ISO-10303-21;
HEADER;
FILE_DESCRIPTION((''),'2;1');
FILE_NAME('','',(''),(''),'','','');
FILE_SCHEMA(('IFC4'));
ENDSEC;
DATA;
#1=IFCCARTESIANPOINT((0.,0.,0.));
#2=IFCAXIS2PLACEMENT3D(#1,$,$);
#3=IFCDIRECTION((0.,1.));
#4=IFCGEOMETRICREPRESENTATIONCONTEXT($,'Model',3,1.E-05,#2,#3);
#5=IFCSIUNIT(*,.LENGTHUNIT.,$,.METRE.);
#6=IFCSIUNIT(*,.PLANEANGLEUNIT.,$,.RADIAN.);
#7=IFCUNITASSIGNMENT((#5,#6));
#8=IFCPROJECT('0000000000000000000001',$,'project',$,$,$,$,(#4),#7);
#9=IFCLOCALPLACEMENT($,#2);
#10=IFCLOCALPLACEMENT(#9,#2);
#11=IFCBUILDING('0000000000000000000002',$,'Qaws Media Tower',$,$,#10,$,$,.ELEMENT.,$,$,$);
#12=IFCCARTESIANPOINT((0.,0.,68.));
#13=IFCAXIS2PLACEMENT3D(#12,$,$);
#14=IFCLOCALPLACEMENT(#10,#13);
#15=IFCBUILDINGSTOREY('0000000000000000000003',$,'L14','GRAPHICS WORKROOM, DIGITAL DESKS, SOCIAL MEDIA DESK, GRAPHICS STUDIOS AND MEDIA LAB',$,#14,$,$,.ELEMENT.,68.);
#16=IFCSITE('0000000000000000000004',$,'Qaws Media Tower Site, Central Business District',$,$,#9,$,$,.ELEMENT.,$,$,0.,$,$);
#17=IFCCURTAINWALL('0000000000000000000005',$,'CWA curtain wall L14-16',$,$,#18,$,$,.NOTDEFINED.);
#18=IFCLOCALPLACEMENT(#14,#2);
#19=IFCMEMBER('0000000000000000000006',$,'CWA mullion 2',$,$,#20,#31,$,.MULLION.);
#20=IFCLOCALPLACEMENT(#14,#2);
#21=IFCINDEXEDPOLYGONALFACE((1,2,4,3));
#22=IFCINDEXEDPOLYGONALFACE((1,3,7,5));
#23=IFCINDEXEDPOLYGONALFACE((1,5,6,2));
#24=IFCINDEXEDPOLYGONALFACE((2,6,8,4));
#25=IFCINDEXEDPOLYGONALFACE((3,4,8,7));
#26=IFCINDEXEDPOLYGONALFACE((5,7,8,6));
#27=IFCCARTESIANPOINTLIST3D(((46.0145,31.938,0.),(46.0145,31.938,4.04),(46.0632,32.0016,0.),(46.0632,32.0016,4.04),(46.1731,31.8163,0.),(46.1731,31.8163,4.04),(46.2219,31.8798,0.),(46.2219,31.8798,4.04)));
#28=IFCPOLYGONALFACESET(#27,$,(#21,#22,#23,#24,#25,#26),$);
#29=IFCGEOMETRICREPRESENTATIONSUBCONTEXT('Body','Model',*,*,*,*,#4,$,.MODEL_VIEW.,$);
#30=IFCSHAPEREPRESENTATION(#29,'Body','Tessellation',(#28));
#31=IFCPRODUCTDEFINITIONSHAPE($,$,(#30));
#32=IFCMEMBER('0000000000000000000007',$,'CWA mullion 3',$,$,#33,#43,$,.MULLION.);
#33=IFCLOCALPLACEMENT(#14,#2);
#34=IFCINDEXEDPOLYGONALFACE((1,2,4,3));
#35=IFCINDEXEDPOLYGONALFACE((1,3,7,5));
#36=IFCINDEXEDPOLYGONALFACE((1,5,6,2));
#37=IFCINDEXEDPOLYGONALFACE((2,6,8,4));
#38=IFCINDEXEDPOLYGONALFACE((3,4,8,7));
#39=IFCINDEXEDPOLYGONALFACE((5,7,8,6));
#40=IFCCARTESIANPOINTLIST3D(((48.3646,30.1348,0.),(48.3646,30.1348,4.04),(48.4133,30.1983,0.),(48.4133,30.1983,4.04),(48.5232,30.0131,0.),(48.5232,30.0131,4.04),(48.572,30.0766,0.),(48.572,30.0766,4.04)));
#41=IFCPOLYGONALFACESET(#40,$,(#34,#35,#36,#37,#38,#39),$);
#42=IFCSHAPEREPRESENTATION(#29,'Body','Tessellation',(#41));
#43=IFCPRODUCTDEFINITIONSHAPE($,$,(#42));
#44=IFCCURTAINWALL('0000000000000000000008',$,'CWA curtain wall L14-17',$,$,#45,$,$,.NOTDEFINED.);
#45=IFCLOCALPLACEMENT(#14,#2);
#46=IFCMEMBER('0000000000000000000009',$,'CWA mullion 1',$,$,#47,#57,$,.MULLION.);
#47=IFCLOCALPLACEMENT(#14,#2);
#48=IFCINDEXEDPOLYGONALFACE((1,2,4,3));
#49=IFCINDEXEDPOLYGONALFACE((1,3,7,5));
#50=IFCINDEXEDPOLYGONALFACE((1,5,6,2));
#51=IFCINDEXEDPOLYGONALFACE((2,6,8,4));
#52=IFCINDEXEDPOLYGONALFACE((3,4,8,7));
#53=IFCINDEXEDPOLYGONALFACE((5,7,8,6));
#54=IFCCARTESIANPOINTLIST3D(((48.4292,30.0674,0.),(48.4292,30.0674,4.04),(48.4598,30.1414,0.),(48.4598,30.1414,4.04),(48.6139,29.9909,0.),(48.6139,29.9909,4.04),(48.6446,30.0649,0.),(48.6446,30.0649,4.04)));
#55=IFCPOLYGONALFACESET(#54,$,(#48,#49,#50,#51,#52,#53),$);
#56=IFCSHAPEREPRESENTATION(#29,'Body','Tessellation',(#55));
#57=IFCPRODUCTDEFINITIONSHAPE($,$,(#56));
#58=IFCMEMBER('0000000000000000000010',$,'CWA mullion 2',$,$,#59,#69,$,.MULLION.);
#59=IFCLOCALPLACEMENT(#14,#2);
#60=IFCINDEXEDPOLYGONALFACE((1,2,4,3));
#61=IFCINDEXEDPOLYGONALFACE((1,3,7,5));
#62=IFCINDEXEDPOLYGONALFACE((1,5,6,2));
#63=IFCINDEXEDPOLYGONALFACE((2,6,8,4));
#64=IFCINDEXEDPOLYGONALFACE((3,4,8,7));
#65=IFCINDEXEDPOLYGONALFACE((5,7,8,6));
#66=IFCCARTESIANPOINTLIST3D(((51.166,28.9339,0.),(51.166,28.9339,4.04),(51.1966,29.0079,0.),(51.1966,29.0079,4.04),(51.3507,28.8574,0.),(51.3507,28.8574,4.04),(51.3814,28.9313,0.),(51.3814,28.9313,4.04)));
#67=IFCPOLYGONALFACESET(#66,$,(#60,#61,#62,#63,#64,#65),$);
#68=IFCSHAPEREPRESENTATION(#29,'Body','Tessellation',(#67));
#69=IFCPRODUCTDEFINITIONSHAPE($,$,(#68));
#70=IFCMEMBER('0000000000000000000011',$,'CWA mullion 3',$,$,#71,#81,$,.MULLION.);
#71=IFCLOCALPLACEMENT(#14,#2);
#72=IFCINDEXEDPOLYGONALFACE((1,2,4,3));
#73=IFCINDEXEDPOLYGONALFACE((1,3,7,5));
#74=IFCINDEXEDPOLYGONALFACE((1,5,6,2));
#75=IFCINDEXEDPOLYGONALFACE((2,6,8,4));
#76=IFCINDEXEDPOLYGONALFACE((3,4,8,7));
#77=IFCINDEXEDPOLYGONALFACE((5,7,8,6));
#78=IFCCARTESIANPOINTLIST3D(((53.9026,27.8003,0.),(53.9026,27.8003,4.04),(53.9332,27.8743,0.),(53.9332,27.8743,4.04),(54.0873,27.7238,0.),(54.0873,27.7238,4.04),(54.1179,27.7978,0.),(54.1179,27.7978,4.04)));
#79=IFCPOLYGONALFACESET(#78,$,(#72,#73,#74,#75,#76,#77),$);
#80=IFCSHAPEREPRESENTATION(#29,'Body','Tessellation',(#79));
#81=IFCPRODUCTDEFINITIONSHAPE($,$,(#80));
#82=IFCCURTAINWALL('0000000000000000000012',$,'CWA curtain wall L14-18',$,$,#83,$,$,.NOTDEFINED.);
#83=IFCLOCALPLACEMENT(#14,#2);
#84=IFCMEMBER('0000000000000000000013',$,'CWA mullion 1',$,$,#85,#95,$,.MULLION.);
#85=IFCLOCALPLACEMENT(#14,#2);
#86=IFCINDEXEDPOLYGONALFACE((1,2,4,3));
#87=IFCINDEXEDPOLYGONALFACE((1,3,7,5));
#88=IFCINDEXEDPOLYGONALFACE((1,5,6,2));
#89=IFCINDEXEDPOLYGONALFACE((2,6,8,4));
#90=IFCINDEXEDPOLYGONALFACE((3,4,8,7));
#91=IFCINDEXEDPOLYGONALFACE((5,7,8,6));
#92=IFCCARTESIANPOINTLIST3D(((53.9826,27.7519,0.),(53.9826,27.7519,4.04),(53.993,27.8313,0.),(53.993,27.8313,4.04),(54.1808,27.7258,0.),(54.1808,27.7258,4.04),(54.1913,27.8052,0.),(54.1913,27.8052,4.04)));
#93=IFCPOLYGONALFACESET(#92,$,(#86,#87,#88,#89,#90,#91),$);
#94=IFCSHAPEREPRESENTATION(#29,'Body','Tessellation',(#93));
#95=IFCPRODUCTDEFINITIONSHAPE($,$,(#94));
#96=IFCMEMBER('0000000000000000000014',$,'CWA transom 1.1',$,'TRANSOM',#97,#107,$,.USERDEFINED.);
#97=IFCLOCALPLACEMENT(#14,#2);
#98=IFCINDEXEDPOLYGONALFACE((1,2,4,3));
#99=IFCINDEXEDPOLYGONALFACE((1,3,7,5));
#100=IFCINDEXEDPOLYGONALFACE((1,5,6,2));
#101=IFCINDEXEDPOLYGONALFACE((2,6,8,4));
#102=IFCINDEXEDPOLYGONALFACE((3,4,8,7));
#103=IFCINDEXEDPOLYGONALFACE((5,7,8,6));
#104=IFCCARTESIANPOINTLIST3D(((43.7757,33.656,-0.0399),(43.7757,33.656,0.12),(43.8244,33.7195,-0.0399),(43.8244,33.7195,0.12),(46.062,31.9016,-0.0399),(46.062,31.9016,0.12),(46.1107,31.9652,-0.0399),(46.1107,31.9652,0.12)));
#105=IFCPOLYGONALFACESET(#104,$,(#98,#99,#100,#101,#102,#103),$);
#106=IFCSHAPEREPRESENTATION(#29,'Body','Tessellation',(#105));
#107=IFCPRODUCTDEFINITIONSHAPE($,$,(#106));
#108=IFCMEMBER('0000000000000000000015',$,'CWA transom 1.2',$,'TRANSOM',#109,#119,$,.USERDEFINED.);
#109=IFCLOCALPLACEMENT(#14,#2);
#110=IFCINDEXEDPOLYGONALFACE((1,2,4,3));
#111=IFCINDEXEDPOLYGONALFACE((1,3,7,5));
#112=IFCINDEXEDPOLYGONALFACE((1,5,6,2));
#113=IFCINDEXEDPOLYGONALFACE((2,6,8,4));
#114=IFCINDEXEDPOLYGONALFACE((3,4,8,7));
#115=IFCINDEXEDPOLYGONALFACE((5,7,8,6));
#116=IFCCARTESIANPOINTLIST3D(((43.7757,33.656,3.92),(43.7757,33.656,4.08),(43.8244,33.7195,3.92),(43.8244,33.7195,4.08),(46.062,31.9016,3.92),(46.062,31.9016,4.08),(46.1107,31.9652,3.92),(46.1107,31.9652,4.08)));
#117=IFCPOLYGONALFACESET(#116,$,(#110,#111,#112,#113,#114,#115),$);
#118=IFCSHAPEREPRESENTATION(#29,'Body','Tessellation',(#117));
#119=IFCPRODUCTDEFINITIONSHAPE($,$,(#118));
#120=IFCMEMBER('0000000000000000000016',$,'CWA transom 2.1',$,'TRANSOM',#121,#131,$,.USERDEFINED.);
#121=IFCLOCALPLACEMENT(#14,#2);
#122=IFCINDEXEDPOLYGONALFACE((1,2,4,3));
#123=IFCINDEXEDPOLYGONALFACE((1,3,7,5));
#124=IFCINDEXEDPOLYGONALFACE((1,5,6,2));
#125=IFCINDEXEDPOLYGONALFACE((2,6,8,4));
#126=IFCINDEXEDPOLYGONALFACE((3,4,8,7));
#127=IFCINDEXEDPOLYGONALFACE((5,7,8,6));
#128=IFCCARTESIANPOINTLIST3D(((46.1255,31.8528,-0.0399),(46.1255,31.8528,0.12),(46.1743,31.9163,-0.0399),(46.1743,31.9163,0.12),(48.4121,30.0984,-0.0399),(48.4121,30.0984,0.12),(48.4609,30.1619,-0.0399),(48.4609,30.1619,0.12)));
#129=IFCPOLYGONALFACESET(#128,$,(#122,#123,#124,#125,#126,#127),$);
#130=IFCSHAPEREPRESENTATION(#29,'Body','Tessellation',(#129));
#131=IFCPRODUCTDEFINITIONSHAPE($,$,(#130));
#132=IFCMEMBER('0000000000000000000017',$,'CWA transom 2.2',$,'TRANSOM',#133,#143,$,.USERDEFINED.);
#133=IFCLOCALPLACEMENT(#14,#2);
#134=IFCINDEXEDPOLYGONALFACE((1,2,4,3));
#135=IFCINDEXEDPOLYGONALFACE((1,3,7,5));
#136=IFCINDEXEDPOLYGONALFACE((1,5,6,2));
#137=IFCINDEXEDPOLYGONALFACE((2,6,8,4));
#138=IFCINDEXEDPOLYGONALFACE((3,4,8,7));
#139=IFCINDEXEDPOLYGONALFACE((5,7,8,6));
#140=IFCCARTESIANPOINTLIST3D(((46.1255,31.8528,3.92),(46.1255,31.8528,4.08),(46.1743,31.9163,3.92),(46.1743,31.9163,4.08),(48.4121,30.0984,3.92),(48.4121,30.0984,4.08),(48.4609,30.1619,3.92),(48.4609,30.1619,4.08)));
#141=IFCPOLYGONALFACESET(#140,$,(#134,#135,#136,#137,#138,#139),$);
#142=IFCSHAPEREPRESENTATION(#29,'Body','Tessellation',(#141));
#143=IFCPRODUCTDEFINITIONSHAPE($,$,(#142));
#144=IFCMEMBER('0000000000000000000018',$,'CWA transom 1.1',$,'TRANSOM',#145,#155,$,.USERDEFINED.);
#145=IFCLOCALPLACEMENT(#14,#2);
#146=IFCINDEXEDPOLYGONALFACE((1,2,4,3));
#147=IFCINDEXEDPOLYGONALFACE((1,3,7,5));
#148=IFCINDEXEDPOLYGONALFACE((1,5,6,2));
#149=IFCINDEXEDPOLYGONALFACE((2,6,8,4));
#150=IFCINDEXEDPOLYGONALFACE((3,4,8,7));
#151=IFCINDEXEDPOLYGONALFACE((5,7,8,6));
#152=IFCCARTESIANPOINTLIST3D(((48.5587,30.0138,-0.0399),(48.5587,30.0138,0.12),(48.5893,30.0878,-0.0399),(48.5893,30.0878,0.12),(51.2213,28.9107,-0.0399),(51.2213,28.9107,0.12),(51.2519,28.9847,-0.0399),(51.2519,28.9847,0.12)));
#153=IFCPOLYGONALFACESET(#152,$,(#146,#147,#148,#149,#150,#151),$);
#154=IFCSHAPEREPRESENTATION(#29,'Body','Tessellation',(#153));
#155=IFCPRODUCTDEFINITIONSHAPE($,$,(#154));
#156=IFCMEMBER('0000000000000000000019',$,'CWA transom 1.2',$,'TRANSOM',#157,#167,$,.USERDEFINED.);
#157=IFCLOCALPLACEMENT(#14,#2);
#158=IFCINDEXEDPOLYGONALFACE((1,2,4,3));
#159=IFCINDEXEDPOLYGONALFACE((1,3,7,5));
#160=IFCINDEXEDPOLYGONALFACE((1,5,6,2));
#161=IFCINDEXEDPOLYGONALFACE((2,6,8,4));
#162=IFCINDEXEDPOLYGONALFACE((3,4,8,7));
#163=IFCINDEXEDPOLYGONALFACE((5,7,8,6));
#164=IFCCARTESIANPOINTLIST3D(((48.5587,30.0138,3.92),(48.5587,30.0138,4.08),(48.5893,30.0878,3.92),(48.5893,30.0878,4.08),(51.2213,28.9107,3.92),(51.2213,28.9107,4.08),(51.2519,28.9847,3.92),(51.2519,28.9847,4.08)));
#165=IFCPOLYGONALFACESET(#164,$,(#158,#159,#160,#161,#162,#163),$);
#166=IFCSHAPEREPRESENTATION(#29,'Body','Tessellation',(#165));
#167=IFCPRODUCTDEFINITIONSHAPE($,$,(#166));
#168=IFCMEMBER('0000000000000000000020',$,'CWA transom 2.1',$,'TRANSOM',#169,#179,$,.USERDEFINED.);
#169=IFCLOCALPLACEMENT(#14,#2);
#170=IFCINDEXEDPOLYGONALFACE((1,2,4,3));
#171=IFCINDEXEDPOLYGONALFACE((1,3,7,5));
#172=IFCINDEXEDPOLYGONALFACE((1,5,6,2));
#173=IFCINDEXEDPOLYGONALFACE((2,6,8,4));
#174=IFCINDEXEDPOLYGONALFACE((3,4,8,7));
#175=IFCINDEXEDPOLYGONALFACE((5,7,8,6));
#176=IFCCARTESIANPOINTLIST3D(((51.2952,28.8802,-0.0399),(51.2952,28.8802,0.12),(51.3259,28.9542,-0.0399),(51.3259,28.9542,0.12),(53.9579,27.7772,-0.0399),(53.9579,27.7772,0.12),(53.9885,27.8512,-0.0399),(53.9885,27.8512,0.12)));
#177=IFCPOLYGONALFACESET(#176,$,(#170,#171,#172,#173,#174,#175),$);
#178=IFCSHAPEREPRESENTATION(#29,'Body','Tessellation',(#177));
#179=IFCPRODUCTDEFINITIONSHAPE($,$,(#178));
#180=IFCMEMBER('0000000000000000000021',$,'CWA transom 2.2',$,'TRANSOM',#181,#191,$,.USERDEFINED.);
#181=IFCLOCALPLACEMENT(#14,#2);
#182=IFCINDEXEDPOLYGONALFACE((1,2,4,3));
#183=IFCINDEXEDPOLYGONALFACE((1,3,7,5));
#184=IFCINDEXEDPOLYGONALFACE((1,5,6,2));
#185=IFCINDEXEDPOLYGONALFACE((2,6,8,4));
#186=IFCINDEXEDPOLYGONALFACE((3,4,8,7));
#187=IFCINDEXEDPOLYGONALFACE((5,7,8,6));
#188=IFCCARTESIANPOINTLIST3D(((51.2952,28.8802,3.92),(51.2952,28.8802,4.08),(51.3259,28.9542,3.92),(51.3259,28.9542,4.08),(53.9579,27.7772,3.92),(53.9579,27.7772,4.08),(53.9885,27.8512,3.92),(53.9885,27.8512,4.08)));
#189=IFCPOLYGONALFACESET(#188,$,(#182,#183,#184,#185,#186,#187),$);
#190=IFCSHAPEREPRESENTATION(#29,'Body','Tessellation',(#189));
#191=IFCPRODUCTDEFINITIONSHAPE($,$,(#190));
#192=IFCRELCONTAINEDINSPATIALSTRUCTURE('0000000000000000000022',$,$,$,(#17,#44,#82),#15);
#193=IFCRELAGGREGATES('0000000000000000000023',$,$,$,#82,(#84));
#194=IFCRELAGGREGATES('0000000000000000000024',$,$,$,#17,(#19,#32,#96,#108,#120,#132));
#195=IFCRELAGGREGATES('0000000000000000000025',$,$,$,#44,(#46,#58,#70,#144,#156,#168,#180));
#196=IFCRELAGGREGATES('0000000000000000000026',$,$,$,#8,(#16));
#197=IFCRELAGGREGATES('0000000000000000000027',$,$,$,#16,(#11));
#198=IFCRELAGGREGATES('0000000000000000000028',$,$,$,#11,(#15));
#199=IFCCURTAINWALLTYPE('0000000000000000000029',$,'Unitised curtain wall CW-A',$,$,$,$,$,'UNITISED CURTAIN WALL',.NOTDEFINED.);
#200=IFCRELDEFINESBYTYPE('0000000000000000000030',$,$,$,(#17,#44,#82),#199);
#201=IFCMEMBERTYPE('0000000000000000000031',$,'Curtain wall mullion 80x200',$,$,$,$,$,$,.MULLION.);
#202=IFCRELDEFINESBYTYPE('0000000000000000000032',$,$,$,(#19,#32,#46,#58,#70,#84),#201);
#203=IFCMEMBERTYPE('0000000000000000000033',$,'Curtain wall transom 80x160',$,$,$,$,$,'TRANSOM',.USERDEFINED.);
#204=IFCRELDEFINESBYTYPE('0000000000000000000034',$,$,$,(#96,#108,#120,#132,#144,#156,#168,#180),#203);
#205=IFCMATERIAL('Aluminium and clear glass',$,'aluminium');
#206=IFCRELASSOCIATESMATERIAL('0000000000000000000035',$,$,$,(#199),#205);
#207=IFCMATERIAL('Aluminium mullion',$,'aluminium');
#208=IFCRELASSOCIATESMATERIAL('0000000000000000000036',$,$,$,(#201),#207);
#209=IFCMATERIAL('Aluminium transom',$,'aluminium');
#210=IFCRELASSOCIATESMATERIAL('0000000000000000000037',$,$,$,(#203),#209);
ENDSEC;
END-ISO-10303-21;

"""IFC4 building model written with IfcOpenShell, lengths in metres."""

from ifc_helpers import new_model, si_unit, direction, frame, origin, origin_2d, place, context, subcontext, project, spatial, rectangle, extrude, material, material_profile, profile_set, type_object, element, aggregate, save


model = new_model("IFC4")

# Units and contexts
model_context = context("Model", 3, precision=1e-05, world=origin(), true_north=direction((0.0, 1.0)))
body_context = subcontext(model_context, "Body", "Model", "MODEL_VIEW")
ifc_project = project(units=[si_unit("LENGTHUNIT", "METRE"), si_unit("PLANEANGLEUNIT", "RADIAN")], contexts=[model_context])

# Site, building, storey
site_placement = place(None, origin())
site = spatial("IfcSite", under=ifc_project, at=site_placement, Name="Qaws Media Tower Site, Central Business District", CompositionType="ELEMENT", RefElevation=0.0)
building_placement = place(site_placement, origin())
building = spatial("IfcBuilding", under=site, at=building_placement, Name="Qaws Media Tower", CompositionType="ELEMENT")
storey_placement = place(building_placement, frame((0.0, 0.0, 68.0)))
storey = spatial("IfcBuildingStorey", under=building, at=storey_placement, Name="L14", Description="GRAPHICS WORKROOM, DIGITAL DESKS, SOCIAL MEDIA DESK, GRAPHICS STUDIOS AND MEDIA LAB", CompositionType="ELEMENT", Elevation=68.0)

# Curtain walls, members
ifc_material_1 = material(Name="Aluminium and clear glass", Category="aluminium")
curtain_wall_type = type_object("IfcCurtainWallType", Name="Unitised curtain wall CW-A", ElementType="UNITISED CURTAIN WALL", PredefinedType="NOTDEFINED", material=ifc_material_1)
curtain_wall_1_placement = place(storey_placement, origin())
curtain_wall_1 = element("IfcCurtainWall", 1, at=curtain_wall_1_placement, inside=storey, type_object=curtain_wall_type, Name="CWA curtain wall L14-16", PredefinedType="NOTDEFINED")
ifc_material_2 = material(Name="Aluminium mullion", Category="aluminium")
ifc_material_profile_1 = material_profile(ifc_material_2, rectangle(XDim=0.0801, YDim=0.2, at=origin_2d()), Name="80x200")
ifc_profile_set_1 = profile_set([ifc_material_profile_1], Name="Aluminium mullion")
member_type_1 = type_object("IfcMemberType", Name="Curtain wall mullion 80x200", PredefinedType="MULLION", material=ifc_profile_set_1)
member_1_placement = place(storey_placement, frame((46.1182, 31.9089, 0.0), z_axis=(0.0, 0.0, 1.0), x_axis=(0.608761, 0.793353, 0.0)))
member_1 = element("IfcMember", 2, at=member_1_placement, type_object=member_type_1, Name="CWA mullion 2", PredefinedType="MULLION", context=body_context, shape_type="SweptSolid", body=[
    extrude(rectangle(XDim=0.0801, YDim=0.2, at=origin_2d()), origin(), (0.0, 0.0, 1.0), 4.04),
])
member_2_placement = place(storey_placement, frame((48.4683, 30.1057, 0.0), z_axis=(0.0, 0.0, 1.0), x_axis=(0.608761, 0.793353, 0.0)))
member_2 = element("IfcMember", 3, at=member_2_placement, type_object=member_type_1, Name="CWA mullion 3", PredefinedType="MULLION", context=body_context, shape_type="SweptSolid", body=[
    extrude(rectangle(XDim=0.0801, YDim=0.2, at=origin_2d()), origin(), (0.0, 0.0, 1.0), 4.04),
])
curtain_wall_2_placement = place(storey_placement, origin())
curtain_wall_2 = element("IfcCurtainWall", 4, at=curtain_wall_2_placement, inside=storey, type_object=curtain_wall_type, Name="CWA curtain wall L14-17", PredefinedType="NOTDEFINED")
member_3_placement = place(storey_placement, frame((48.5369, 30.0662, 0.0), z_axis=(0.0, 0.0, 1.0), x_axis=(0.382683, 0.92388, 0.0)))
member_3 = element("IfcMember", 5, at=member_3_placement, type_object=member_type_1, Name="CWA mullion 1", PredefinedType="MULLION", context=body_context, shape_type="SweptSolid", body=[
    extrude(rectangle(XDim=0.0801, YDim=0.2, at=origin_2d()), origin(), (0.0, 0.0, 1.0), 4.04),
])
member_4_placement = place(storey_placement, frame((51.2737, 28.9326, 0.0), z_axis=(0.0, 0.0, 1.0), x_axis=(0.382683, 0.92388, 0.0)))
member_4 = element("IfcMember", 6, at=member_4_placement, type_object=member_type_1, Name="CWA mullion 2", PredefinedType="MULLION", context=body_context, shape_type="SweptSolid", body=[
    extrude(rectangle(XDim=0.0801, YDim=0.2, at=origin_2d()), origin(), (0.0, 0.0, 1.0), 4.04),
])
member_5_placement = place(storey_placement, frame((54.0103, 27.7991, 0.0), z_axis=(0.0, 0.0, 1.0), x_axis=(0.382683, 0.92388, 0.0)))
member_5 = element("IfcMember", 7, at=member_5_placement, type_object=member_type_1, Name="CWA mullion 3", PredefinedType="MULLION", context=body_context, shape_type="SweptSolid", body=[
    extrude(rectangle(XDim=0.0801, YDim=0.2, at=origin_2d()), origin(), (0.0, 0.0, 1.0), 4.04),
])

# Curtain wall, member
curtain_wall_3_placement = place(storey_placement, origin())
curtain_wall_3 = element("IfcCurtainWall", 8, at=curtain_wall_3_placement, inside=storey, type_object=curtain_wall_type, Name="CWA curtain wall L14-18", PredefinedType="NOTDEFINED")
member_6_placement = place(storey_placement, frame((54.0869, 27.7786, 0.0), z_axis=(0.0, 0.0, 1.0), x_axis=(0.130526, 0.991445, 0.0)))
member_6 = element("IfcMember", 9, at=member_6_placement, type_object=member_type_1, Name="CWA mullion 1", PredefinedType="MULLION", context=body_context, shape_type="SweptSolid", body=[
    extrude(rectangle(XDim=0.0801, YDim=0.2, at=origin_2d()), origin(), (0.0, 0.0, 1.0), 4.04),
])

# Members
ifc_material_3 = material(Name="Aluminium transom", Category="aluminium")
ifc_material_profile_2 = material_profile(ifc_material_3, rectangle(XDim=0.0801, YDim=0.1599, at=origin_2d()), Name="80x160")
ifc_profile_set_2 = profile_set([ifc_material_profile_2], Name="Aluminium transom")
member_type_2 = type_object("IfcMemberType", Name="Curtain wall transom 80x160", ElementType="TRANSOM", PredefinedType="USERDEFINED", material=ifc_profile_set_2)
member_7_placement = place(storey_placement, frame((43.8, 33.6877, 0.04), z_axis=(0.793354, -0.608761, 0.0), x_axis=(0.608761, 0.793354, 0.0)))
member_7 = element("IfcMember", 10, at=member_7_placement, type_object=member_type_2, Name="CWA transom 1.1", ObjectType="TRANSOM", PredefinedType="USERDEFINED", context=body_context, shape_type="SweptSolid", body=[
    extrude(rectangle(XDim=0.0801, YDim=0.1599, at=origin_2d()), origin(), (0.0, 0.0, 1.0), 2.8818),
])
member_8_placement = place(storey_placement, frame((43.8, 33.6877, 4.0), z_axis=(0.793354, -0.608761, 0.0), x_axis=(0.608761, 0.793354, 0.0)))
member_8 = element("IfcMember", 11, at=member_8_placement, type_object=member_type_2, Name="CWA transom 1.2", ObjectType="TRANSOM", PredefinedType="USERDEFINED", context=body_context, shape_type="SweptSolid", body=[
    extrude(rectangle(XDim=0.0801, YDim=0.1599, at=origin_2d()), origin(), (0.0, 0.0, 1.0), 2.8818),
])
member_9_placement = place(storey_placement, frame((46.1499, 31.8845, 0.04), z_axis=(0.793385, -0.60872, 0.0), x_axis=(0.60872, 0.793385, 0.0)))
member_9 = element("IfcMember", 12, at=member_9_placement, type_object=member_type_2, Name="CWA transom 2.1", ObjectType="TRANSOM", PredefinedType="USERDEFINED", context=body_context, shape_type="SweptSolid", body=[
    extrude(rectangle(XDim=0.0801, YDim=0.1599, at=origin_2d()), origin(), (0.0, 0.0, 1.0), 2.8821),
])
member_10_placement = place(storey_placement, frame((46.1499, 31.8845, 4.0), z_axis=(0.793385, -0.60872, 0.0), x_axis=(0.60872, 0.793385, 0.0)))
member_10 = element("IfcMember", 13, at=member_10_placement, type_object=member_type_2, Name="CWA transom 2.2", ObjectType="TRANSOM", PredefinedType="USERDEFINED", context=body_context, shape_type="SweptSolid", body=[
    extrude(rectangle(XDim=0.0801, YDim=0.1599, at=origin_2d()), origin(), (0.0, 0.0, 1.0), 2.8821),
])
member_11_placement = place(storey_placement, frame((48.574, 30.0508, 0.04), z_axis=(0.923862, -0.382726, 0.0), x_axis=(0.382726, 0.923862, 0.0)))
member_11 = element("IfcMember", 14, at=member_11_placement, type_object=member_type_2, Name="CWA transom 1.1", ObjectType="TRANSOM", PredefinedType="USERDEFINED", context=body_context, shape_type="SweptSolid", body=[
    extrude(rectangle(XDim=0.0801, YDim=0.1599, at=origin_2d()), origin(), (0.0, 0.0, 1.0), 2.8821),
])
member_12_placement = place(storey_placement, frame((48.574, 30.0508, 4.0), z_axis=(0.923862, -0.382726, 0.0), x_axis=(0.382726, 0.923862, 0.0)))
member_12 = element("IfcMember", 15, at=member_12_placement, type_object=member_type_2, Name="CWA transom 1.2", ObjectType="TRANSOM", PredefinedType="USERDEFINED", context=body_context, shape_type="SweptSolid", body=[
    extrude(rectangle(XDim=0.0801, YDim=0.1599, at=origin_2d()), origin(), (0.0, 0.0, 1.0), 2.8821),
])
member_13_placement = place(storey_placement, frame((51.3105, 28.9172, 0.04), z_axis=(0.923862, -0.382726, 0.0), x_axis=(0.382726, 0.923862, 0.0)))
member_13 = element("IfcMember", 16, at=member_13_placement, type_object=member_type_2, Name="CWA transom 2.1", ObjectType="TRANSOM", PredefinedType="USERDEFINED", context=body_context, shape_type="SweptSolid", body=[
    extrude(rectangle(XDim=0.0801, YDim=0.1599, at=origin_2d()), origin(), (0.0, 0.0, 1.0), 2.8821),
])
member_14_placement = place(storey_placement, frame((51.3105, 28.9172, 4.0), z_axis=(0.923862, -0.382726, 0.0), x_axis=(0.382726, 0.923862, 0.0)))
member_14 = element("IfcMember", 17, at=member_14_placement, type_object=member_type_2, Name="CWA transom 2.2", ObjectType="TRANSOM", PredefinedType="USERDEFINED", context=body_context, shape_type="SweptSolid", body=[
    extrude(rectangle(XDim=0.0801, YDim=0.1599, at=origin_2d()), origin(), (0.0, 0.0, 1.0), 2.8821),
])
aggregate(curtain_wall_3, [member_6])

aggregate(curtain_wall_1, [member_1, member_2, member_7, member_8, member_9, member_10])
aggregate(curtain_wall_2, [member_3, member_4, member_5, member_11, member_12, member_13, member_14])

save(model, "model.ifc")
